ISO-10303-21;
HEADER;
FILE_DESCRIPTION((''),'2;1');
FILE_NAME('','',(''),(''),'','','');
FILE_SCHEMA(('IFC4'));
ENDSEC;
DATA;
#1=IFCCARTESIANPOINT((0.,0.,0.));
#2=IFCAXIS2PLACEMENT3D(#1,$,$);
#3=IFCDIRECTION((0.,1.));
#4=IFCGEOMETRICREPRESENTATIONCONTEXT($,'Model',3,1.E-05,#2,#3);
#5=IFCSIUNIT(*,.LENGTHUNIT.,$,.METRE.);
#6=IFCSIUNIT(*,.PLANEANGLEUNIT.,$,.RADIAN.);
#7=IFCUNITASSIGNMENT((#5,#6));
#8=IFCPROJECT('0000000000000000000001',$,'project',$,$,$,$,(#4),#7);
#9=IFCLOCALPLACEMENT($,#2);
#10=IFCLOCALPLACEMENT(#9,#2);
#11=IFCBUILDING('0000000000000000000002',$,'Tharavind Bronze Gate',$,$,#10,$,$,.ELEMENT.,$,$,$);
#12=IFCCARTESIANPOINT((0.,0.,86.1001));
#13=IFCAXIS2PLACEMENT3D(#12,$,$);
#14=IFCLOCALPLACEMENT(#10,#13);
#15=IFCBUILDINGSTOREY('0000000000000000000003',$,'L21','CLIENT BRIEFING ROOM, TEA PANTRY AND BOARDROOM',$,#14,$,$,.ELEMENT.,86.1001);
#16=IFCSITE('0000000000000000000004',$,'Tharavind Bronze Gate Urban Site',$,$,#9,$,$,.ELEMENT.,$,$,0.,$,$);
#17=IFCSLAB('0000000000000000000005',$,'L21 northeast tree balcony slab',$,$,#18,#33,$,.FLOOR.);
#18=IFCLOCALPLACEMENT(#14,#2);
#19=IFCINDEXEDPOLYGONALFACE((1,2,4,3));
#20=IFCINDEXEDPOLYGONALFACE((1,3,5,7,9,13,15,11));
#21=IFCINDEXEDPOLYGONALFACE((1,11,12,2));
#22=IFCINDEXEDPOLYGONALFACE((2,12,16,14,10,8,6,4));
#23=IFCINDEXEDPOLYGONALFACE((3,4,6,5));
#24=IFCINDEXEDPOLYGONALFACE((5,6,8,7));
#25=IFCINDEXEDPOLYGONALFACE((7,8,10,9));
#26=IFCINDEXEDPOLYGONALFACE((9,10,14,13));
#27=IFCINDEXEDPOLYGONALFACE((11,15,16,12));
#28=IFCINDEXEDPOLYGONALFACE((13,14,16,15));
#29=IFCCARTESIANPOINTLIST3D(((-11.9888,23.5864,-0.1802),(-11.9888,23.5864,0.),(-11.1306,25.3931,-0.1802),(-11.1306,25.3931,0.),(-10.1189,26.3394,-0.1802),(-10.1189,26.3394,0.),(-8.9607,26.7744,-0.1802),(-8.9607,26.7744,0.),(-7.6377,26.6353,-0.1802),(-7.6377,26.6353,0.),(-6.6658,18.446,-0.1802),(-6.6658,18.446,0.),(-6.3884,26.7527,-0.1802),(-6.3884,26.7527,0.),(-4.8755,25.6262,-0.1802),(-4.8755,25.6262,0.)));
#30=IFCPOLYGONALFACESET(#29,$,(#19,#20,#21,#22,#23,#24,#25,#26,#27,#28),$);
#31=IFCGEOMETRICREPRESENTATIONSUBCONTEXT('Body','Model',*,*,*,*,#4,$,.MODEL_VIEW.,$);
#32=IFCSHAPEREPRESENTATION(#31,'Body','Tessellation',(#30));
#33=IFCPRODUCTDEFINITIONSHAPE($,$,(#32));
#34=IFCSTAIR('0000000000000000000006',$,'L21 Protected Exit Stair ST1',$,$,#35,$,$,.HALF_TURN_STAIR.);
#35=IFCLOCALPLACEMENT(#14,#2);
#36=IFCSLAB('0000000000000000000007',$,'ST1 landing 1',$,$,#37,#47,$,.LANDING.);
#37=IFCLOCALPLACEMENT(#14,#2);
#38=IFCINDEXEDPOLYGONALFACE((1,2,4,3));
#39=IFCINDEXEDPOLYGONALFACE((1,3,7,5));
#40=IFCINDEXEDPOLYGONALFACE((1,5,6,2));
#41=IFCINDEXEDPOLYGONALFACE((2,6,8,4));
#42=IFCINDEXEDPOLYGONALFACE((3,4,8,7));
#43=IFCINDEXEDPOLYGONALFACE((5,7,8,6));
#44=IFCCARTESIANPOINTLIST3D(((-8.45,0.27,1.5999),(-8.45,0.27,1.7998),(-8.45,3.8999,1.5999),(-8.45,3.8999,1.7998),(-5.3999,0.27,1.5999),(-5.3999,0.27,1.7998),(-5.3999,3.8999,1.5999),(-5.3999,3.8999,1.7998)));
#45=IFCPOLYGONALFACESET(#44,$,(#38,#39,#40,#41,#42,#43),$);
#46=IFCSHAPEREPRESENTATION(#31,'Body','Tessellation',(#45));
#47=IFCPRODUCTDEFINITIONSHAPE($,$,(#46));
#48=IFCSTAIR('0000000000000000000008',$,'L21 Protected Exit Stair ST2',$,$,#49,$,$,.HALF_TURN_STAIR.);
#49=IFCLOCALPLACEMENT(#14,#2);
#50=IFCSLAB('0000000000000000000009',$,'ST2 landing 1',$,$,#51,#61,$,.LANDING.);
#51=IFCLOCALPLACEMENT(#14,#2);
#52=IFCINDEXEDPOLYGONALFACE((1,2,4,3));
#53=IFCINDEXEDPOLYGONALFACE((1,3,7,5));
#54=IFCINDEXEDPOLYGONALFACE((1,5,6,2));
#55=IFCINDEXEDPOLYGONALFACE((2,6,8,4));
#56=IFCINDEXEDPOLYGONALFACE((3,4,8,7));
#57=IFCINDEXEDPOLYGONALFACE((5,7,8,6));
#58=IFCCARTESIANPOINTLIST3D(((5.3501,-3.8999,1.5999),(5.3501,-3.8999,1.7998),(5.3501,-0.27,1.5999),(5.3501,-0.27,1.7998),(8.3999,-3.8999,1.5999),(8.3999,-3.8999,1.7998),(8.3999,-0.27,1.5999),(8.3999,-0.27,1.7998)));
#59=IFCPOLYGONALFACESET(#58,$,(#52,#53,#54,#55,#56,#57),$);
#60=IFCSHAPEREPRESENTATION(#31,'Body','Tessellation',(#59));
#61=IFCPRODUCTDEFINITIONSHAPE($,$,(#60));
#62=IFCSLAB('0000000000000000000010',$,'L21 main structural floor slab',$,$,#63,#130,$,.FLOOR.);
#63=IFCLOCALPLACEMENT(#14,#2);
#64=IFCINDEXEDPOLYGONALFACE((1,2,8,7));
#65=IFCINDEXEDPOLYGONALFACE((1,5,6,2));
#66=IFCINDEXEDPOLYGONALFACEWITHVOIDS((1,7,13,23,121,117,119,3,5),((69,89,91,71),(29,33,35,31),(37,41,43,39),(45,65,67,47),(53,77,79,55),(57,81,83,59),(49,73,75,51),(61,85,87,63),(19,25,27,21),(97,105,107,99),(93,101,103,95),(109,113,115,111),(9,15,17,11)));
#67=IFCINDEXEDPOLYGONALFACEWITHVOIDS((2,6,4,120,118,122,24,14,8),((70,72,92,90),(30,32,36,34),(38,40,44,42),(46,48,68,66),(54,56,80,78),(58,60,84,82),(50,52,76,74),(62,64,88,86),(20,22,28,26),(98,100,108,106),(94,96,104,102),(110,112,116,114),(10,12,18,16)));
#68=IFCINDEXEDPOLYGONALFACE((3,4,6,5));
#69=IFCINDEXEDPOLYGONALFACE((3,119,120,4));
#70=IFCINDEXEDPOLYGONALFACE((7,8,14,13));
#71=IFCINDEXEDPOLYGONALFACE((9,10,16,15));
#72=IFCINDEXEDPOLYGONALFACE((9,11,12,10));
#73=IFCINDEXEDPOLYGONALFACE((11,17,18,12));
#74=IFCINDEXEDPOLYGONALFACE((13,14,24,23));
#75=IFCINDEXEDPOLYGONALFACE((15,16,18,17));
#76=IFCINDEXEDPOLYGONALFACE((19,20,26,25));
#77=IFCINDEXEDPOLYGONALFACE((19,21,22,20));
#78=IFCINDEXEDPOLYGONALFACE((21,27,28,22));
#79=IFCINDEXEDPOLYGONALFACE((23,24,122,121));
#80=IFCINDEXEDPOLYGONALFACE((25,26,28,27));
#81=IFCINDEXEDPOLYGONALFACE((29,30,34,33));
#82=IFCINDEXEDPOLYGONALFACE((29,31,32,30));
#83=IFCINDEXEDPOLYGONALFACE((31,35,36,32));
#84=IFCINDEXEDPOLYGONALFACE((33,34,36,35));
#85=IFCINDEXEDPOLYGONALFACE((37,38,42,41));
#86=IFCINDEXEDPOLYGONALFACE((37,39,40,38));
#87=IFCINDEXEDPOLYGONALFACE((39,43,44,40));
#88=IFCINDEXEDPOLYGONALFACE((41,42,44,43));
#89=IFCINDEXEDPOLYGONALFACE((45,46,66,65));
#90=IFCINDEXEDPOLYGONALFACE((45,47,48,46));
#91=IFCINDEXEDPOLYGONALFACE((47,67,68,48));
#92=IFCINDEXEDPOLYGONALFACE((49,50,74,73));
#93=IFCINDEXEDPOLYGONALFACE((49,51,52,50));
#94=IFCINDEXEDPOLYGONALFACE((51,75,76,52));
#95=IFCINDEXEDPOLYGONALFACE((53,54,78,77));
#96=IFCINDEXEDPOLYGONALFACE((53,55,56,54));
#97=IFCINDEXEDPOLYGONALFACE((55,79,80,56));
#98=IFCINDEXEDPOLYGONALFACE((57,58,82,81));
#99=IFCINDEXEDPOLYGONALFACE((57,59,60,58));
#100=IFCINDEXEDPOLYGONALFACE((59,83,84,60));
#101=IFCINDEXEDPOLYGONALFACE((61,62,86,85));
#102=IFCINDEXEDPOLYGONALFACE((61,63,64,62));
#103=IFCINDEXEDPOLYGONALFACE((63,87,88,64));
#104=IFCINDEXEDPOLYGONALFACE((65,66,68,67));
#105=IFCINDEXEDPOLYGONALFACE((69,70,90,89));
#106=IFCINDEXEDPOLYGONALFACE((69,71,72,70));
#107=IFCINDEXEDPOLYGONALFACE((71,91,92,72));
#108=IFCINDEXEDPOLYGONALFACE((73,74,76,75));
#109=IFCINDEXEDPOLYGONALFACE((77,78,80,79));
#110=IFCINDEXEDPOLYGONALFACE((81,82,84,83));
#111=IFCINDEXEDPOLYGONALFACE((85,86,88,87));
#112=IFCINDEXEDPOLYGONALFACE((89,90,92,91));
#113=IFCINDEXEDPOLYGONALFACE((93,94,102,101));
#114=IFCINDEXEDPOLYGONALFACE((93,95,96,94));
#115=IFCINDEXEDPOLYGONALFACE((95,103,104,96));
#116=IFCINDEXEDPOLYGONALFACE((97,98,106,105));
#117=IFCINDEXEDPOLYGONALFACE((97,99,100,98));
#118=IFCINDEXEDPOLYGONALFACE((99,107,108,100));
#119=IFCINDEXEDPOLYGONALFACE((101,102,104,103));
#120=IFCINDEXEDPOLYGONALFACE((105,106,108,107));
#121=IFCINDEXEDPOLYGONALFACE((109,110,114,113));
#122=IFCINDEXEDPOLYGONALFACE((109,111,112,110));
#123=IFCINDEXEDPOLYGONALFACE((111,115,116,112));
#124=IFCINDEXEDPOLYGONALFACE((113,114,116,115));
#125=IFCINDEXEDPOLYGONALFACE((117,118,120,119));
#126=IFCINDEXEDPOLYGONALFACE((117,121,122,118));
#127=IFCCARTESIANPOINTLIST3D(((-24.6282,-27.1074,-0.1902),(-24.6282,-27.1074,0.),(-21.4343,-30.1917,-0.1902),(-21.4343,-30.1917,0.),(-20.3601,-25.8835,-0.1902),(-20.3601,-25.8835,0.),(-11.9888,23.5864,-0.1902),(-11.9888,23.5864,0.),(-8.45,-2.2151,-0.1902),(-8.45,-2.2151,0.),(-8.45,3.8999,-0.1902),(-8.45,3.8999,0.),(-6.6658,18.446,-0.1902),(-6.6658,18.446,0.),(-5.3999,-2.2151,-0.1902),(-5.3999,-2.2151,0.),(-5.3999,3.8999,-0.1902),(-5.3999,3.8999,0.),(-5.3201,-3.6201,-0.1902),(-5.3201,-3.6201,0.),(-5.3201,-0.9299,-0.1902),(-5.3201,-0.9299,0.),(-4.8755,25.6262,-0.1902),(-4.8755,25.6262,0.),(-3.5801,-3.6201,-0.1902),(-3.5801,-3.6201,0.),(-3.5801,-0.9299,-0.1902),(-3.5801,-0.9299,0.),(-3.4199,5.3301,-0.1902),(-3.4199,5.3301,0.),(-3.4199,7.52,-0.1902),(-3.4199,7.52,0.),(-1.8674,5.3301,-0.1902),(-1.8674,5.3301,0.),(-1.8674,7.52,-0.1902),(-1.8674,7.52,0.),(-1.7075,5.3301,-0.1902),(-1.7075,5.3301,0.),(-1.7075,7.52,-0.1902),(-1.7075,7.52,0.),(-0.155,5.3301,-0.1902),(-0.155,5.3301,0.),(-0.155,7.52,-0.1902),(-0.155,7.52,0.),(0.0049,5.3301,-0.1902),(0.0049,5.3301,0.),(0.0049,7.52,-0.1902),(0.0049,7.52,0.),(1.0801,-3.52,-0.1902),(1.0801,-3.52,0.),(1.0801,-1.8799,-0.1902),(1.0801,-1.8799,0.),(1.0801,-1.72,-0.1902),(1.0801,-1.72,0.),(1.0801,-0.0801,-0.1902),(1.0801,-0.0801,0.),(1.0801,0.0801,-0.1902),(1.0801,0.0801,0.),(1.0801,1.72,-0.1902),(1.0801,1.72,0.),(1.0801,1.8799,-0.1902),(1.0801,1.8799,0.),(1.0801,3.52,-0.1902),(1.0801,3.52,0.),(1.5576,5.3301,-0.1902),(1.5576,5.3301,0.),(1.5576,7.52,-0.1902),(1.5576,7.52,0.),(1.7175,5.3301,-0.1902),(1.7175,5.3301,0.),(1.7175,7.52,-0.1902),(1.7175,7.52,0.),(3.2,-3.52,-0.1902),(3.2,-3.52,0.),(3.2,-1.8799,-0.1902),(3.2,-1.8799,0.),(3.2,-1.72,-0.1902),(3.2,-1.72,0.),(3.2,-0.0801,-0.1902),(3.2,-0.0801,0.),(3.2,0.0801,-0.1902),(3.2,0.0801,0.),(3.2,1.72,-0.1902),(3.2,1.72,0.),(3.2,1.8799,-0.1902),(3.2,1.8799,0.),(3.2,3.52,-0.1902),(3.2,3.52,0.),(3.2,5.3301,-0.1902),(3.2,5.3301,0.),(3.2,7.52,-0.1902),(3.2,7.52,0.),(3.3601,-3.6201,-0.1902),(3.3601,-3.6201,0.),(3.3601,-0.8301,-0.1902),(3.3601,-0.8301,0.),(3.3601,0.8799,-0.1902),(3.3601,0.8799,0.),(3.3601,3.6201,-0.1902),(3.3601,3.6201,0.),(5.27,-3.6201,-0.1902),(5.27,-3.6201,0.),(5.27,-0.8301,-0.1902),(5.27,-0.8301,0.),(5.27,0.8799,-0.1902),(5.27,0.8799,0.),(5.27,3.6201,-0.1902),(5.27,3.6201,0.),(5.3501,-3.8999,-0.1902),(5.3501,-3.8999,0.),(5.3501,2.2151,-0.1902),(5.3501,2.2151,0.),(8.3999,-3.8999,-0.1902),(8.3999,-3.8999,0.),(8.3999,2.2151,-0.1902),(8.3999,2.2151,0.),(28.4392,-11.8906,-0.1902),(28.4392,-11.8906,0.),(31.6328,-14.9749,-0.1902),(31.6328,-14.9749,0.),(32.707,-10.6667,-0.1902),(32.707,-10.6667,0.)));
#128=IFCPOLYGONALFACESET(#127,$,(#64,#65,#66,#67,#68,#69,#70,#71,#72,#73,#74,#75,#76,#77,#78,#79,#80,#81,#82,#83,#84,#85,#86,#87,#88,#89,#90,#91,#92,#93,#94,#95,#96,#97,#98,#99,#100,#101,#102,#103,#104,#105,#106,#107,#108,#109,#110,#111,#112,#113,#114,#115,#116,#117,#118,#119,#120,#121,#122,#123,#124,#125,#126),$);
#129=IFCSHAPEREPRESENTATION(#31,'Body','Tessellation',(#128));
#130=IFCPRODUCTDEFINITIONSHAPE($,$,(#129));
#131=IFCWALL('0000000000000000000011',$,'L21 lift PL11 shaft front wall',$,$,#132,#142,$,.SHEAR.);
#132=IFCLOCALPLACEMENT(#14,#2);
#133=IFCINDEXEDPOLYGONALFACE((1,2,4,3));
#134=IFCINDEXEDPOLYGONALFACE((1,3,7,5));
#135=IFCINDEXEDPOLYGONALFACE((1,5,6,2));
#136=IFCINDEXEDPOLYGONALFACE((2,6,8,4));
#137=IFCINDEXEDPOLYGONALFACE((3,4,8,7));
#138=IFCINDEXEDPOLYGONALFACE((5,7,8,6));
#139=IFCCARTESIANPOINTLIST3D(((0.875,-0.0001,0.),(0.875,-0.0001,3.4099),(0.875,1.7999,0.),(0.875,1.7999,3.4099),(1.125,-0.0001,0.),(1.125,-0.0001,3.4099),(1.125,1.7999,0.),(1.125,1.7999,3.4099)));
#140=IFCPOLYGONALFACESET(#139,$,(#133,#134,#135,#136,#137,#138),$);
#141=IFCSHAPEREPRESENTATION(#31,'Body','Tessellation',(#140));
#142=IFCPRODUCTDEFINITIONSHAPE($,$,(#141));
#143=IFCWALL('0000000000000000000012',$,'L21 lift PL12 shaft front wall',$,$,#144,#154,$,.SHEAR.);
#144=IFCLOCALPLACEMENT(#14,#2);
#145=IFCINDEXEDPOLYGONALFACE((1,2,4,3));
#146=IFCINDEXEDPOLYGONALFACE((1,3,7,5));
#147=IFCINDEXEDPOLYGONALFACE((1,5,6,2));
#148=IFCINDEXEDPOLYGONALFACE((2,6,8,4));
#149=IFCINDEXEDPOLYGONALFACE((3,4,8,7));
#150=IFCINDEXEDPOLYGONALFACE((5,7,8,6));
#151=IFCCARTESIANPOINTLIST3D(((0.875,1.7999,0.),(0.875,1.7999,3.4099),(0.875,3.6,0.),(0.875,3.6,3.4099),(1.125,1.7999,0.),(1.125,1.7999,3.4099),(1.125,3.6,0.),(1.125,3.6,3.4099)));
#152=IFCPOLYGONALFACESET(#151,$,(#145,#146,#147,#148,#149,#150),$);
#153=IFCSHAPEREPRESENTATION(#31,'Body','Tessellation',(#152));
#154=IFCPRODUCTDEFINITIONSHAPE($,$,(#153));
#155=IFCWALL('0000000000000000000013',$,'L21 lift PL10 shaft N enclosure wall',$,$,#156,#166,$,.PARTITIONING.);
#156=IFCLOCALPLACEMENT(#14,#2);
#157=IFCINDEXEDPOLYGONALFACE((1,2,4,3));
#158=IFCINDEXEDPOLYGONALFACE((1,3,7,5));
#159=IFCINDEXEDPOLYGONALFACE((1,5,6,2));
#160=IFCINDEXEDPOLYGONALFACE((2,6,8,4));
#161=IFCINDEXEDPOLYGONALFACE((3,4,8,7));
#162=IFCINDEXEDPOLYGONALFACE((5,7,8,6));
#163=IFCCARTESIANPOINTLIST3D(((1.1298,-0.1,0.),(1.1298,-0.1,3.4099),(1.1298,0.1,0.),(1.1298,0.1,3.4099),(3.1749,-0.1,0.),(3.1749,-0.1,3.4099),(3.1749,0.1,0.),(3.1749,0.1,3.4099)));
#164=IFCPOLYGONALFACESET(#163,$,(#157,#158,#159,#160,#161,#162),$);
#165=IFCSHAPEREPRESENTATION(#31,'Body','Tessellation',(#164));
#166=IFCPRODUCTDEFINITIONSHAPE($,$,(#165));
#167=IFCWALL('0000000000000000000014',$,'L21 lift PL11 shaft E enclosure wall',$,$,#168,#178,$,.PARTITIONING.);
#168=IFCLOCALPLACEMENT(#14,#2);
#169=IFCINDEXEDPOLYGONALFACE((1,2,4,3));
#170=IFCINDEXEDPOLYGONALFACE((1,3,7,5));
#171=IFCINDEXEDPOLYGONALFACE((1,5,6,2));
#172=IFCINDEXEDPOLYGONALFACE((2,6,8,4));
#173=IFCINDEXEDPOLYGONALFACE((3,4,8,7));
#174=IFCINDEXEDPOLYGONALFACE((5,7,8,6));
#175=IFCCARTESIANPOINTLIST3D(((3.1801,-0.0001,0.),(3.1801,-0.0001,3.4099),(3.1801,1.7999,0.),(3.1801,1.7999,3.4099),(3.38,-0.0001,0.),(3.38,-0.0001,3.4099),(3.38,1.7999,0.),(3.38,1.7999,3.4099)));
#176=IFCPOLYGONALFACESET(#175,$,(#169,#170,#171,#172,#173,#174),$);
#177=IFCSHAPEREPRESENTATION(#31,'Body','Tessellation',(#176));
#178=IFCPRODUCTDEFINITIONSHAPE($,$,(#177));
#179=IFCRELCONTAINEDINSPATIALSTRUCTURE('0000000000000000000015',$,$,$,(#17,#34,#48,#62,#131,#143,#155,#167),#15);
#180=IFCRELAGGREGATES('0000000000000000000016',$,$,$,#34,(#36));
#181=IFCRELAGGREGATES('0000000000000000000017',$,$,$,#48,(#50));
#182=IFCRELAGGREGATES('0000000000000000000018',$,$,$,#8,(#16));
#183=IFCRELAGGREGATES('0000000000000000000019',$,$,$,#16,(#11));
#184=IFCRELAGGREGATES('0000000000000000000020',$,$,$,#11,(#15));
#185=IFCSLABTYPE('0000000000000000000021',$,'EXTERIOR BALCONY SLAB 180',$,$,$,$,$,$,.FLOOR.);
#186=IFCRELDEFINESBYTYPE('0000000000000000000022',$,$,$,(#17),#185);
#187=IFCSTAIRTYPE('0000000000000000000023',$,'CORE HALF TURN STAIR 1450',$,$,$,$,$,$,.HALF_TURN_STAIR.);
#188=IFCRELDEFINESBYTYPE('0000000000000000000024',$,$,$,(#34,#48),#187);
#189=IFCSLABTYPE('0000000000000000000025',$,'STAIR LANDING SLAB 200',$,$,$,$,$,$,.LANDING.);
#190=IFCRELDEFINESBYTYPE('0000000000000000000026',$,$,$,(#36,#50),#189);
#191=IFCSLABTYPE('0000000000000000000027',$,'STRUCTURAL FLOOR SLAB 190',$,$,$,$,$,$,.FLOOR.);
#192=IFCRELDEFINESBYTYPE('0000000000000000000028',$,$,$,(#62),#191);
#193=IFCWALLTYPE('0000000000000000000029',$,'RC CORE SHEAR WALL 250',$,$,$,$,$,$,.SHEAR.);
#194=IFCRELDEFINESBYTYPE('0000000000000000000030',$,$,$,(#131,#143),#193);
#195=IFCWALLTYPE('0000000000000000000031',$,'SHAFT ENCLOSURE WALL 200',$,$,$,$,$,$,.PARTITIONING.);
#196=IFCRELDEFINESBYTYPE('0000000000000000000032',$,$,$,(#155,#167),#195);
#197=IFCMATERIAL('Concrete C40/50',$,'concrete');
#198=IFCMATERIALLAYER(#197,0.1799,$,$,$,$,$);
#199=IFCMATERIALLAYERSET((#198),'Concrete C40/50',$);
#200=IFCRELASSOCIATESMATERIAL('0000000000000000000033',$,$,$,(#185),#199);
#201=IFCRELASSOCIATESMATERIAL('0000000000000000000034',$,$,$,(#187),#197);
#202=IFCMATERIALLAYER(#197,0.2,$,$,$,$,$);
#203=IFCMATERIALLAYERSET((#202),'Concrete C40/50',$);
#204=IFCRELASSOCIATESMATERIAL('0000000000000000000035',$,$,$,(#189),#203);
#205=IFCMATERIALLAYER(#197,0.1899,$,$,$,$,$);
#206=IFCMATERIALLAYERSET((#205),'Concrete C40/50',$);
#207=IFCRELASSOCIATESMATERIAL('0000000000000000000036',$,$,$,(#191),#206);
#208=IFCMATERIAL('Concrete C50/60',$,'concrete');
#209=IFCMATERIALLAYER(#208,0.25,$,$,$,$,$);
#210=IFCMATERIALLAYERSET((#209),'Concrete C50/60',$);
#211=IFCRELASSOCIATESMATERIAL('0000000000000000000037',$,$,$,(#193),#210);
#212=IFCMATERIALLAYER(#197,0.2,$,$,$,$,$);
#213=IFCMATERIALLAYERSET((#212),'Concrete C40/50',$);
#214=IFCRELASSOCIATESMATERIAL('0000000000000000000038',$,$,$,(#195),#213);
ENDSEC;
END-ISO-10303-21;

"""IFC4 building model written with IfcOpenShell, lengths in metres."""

from ifc_helpers import new_model, si_unit, direction, frame, frame_2d, origin, place, context, subcontext, project, spatial, polyline, rectangle, outline, extrude, material, layer, layer_set, type_object, element, aggregate, save


model = new_model("IFC4")

# Units and contexts
model_context = context("Model", 3, precision=1e-05, world=origin(), true_north=direction((0.0, 1.0)))
body_context = subcontext(model_context, "Body", "Model", "MODEL_VIEW")
ifc_project = project(units=[si_unit("LENGTHUNIT", "METRE"), si_unit("PLANEANGLEUNIT", "RADIAN")], contexts=[model_context])

# Site, building, storey
site_placement = place(None, origin())
site = spatial("IfcSite", under=ifc_project, at=site_placement, Name="Tharavind Bronze Gate Urban Site", CompositionType="ELEMENT", RefElevation=0.0)
building_placement = place(site_placement, origin())
building = spatial("IfcBuilding", under=site, at=building_placement, Name="Tharavind Bronze Gate", CompositionType="ELEMENT")
storey_placement = place(building_placement, frame((0.0, 0.0, 86.1001)))
storey = spatial("IfcBuildingStorey", under=building, at=storey_placement, Name="L21", Description="CLIENT BRIEFING ROOM, TEA PANTRY AND BOARDROOM", CompositionType="ELEMENT", Elevation=86.1001)

# Slab
ifc_material_1 = material(Name="Concrete C40/50", Category="concrete")
ifc_layer_1 = layer(ifc_material_1, 0.1799)
ifc_layer_set_1 = layer_set([ifc_layer_1], Name="Concrete C40/50")
slab_type_1 = type_object("IfcSlabType", Name="EXTERIOR BALCONY SLAB 180", PredefinedType="FLOOR", material=ifc_layer_set_1)
slab_1_placement = place(storey_placement, frame((0.0, 0.0, -0.1802)))
element("IfcSlab", 1, at=slab_1_placement, inside=storey, type_object=slab_type_1, Name="L21 northeast tree balcony slab", PredefinedType="FLOOR", context=body_context, shape_type="SweptSolid", body=[
    extrude(outline(polyline([(-6.3884, 26.7527), (-7.6377, 26.6353), (-8.9607, 26.7744), (-10.1189, 26.3394), (-11.1306, 25.3931), (-11.9888, 23.5864), (-6.6658, 18.446), (-4.8755, 25.6262), (-6.3884, 26.7527)])), origin(), (0.0, 0.0, 1.0), 0.1802),
])

# Stairs, slabs
stair_type = type_object("IfcStairType", Name="CORE HALF TURN STAIR 1450", PredefinedType="HALF_TURN_STAIR", material=ifc_material_1)
stair_1_placement = place(storey_placement, origin())
stair_1 = element("IfcStair", 2, at=stair_1_placement, inside=storey, type_object=stair_type, Name="L21 Protected Exit Stair ST1", PredefinedType="HALF_TURN_STAIR")
ifc_layer_2 = layer(ifc_material_1, 0.2)
ifc_layer_set_2 = layer_set([ifc_layer_2], Name="Concrete C40/50")
slab_type_2 = type_object("IfcSlabType", Name="STAIR LANDING SLAB 200", PredefinedType="LANDING", material=ifc_layer_set_2)
slab_2_placement = place(storey_placement, frame((0.0, 0.0, 1.5999)))
slab_2 = element("IfcSlab", 3, at=slab_2_placement, type_object=slab_type_2, Name="ST1 landing 1", PredefinedType="LANDING", context=body_context, shape_type="SweptSolid", body=[
    extrude(outline(polyline([(-5.3999, 0.27), (-5.3999, 3.8999), (-8.45, 3.8999), (-8.45, 0.27), (-5.3999, 0.27)])), origin(), (0.0, 0.0, 1.0), 0.2),
])
aggregate(stair_1, [slab_2])
stair_2_placement = place(storey_placement, origin())
stair_2 = element("IfcStair", 4, at=stair_2_placement, inside=storey, type_object=stair_type, Name="L21 Protected Exit Stair ST2", PredefinedType="HALF_TURN_STAIR")
slab_3_placement = place(storey_placement, frame((0.0, 0.0, 1.5999)))
slab_3 = element("IfcSlab", 5, at=slab_3_placement, type_object=slab_type_2, Name="ST2 landing 1", PredefinedType="LANDING", context=body_context, shape_type="SweptSolid", body=[
    extrude(outline(polyline([(5.3501, -0.27), (5.3501, -3.8999), (8.3999, -3.8999), (8.3999, -0.27), (5.3501, -0.27)])), origin(), (0.0, 0.0, 1.0), 0.2),
])
aggregate(stair_2, [slab_3])

# Slab
ifc_layer_3 = layer(ifc_material_1, 0.1899)
ifc_layer_set_3 = layer_set([ifc_layer_3], Name="Concrete C40/50")
slab_type_3 = type_object("IfcSlabType", Name="STRUCTURAL FLOOR SLAB 190", PredefinedType="FLOOR", material=ifc_layer_set_3)
slab_4_placement = place(storey_placement, frame((0.0, 0.0, -0.1902)))
element("IfcSlab", 6, at=slab_4_placement, inside=storey, type_object=slab_type_3, Name="L21 main structural floor slab", PredefinedType="FLOOR", context=body_context, shape_type="SweptSolid", body=[
    extrude(outline(polyline([(-4.8755, 25.6262), (-6.6658, 18.446), (-11.9888, 23.5864), (-24.6282, -27.1074), (-20.3601, -25.8835), (-21.4343, -30.1917), (31.6328, -14.9749), (28.4392, -11.8906), (32.707, -10.6667), (-4.8755, 25.6262)]), holes=[polyline([(-5.3999, -2.2151), (-5.3999, 3.8999), (-8.45, 3.8999), (-8.45, -2.2151), (-5.3999, -2.2151)]), polyline([(5.3501, 2.2151), (5.3501, -3.8999), (8.3999, -3.8999), (8.3999, 2.2151), (5.3501, 2.2151)]), polyline([(-3.4199, 5.3301), (-1.8674, 5.3301), (-1.8674, 7.52), (-3.4199, 7.52), (-3.4199, 5.3301)]), polyline([(-1.7075, 5.3301), (-0.155, 5.3301), (-0.155, 7.52), (-1.7075, 7.52), (-1.7075, 5.3301)]), polyline([(0.0049, 5.3301), (1.5576, 5.3301), (1.5576, 7.52), (0.0049, 7.52), (0.0049, 5.3301)]), polyline([(1.7175, 5.3301), (3.2, 5.3301), (3.2, 7.52), (1.7175, 7.52), (1.7175, 5.3301)]), polyline([(1.0801, -3.52), (3.2, -3.52), (3.2, -1.8799), (1.0801, -1.8799), (1.0801, -3.52)]), polyline([(1.0801, -1.72), (3.2, -1.72), (3.2, -0.0801), (1.0801, -0.0801), (1.0801, -1.72)]), polyline([(1.0801, 0.0801), (3.2, 0.0801), (3.2, 1.72), (1.0801, 1.72), (1.0801, 0.0801)]), polyline([(1.0801, 1.8799), (3.2, 1.8799), (3.2, 3.52), (1.0801, 3.52), (1.0801, 1.8799)]), polyline([(-5.3201, -3.6201), (-3.5801, -3.6201), (-3.5801, -0.9299), (-5.3201, -0.9299), (-5.3201, -3.6201)]), polyline([(3.3601, 0.8799), (5.27, 0.8799), (5.27, 3.6201), (3.3601, 3.6201), (3.3601, 0.8799)]), polyline([(3.3601, -3.6201), (5.27, -3.6201), (5.27, -0.8301), (3.3601, -0.8301), (3.3601, -3.6201)])]), origin(), (0.0, 0.0, 1.0), 0.1902),
])

# Walls
ifc_material_2 = material(Name="Concrete C50/60", Category="concrete")
ifc_layer_4 = layer(ifc_material_2, 0.25)
ifc_layer_set_4 = layer_set([ifc_layer_4], Name="Concrete C50/60")
wall_type_1 = type_object("IfcWallType", Name="RC CORE SHEAR WALL 250", PredefinedType="SHEAR", material=ifc_layer_set_4)
for number, where, z_axis, x_axis, name in (
    (7, (1.0, 0.0, 0.0), (0.0, 0.0, 1.0), (0.0, 1.0, 0.0), "L21 lift PL11 shaft front wall"),
    (8, (1.0, 1.8, 0.0), (0.0, 0.0, 1.0), (0.0, 1.0, 0.0), "L21 lift PL12 shaft front wall"),
):
    element("IfcWall", number, at=place(storey_placement, frame(where, z_axis=z_axis, x_axis=x_axis)), inside=storey, type_object=wall_type_1, Name=name, PredefinedType="SHEAR", context=body_context, shape_type="SweptSolid", body=[
        extrude(rectangle(XDim=1.8, YDim=0.25, at=frame_2d((0.8999, 0.0))), origin(), (0.0, 0.0, 1.0), 3.4099),
    ])
ifc_layer_5 = layer(ifc_material_1, 0.2)
ifc_layer_set_5 = layer_set([ifc_layer_5], Name="Concrete C40/50")
wall_type_2 = type_object("IfcWallType", Name="SHAFT ENCLOSURE WALL 200", PredefinedType="PARTITIONING", material=ifc_layer_set_5)
wall_1_placement = place(storey_placement, frame((1.1299, 0.0, 0.0), z_axis=(0.0, 0.0, 1.0), x_axis=(1.0, 0.0, 0.0)))
element("IfcWall", 9, at=wall_1_placement, inside=storey, type_object=wall_type_2, Name="L21 lift PL10 shaft N enclosure wall", PredefinedType="PARTITIONING", context=body_context, shape_type="SweptSolid", body=[
    extrude(rectangle(XDim=2.0452, YDim=0.2, at=frame_2d((1.0225, 0.0))), origin(), (0.0, 0.0, 1.0), 3.4099),
])
wall_2_placement = place(storey_placement, frame((3.28, 0.0, 0.0), z_axis=(0.0, 0.0, 1.0), x_axis=(0.0, 1.0, 0.0)))
element("IfcWall", 10, at=wall_2_placement, inside=storey, type_object=wall_type_2, Name="L21 lift PL11 shaft E enclosure wall", PredefinedType="PARTITIONING", context=body_context, shape_type="SweptSolid", body=[
    extrude(rectangle(XDim=1.8, YDim=0.2, at=frame_2d((0.8999, 0.0))), origin(), (0.0, 0.0, 1.0), 3.4099),
])

save(model, "model.ifc")
